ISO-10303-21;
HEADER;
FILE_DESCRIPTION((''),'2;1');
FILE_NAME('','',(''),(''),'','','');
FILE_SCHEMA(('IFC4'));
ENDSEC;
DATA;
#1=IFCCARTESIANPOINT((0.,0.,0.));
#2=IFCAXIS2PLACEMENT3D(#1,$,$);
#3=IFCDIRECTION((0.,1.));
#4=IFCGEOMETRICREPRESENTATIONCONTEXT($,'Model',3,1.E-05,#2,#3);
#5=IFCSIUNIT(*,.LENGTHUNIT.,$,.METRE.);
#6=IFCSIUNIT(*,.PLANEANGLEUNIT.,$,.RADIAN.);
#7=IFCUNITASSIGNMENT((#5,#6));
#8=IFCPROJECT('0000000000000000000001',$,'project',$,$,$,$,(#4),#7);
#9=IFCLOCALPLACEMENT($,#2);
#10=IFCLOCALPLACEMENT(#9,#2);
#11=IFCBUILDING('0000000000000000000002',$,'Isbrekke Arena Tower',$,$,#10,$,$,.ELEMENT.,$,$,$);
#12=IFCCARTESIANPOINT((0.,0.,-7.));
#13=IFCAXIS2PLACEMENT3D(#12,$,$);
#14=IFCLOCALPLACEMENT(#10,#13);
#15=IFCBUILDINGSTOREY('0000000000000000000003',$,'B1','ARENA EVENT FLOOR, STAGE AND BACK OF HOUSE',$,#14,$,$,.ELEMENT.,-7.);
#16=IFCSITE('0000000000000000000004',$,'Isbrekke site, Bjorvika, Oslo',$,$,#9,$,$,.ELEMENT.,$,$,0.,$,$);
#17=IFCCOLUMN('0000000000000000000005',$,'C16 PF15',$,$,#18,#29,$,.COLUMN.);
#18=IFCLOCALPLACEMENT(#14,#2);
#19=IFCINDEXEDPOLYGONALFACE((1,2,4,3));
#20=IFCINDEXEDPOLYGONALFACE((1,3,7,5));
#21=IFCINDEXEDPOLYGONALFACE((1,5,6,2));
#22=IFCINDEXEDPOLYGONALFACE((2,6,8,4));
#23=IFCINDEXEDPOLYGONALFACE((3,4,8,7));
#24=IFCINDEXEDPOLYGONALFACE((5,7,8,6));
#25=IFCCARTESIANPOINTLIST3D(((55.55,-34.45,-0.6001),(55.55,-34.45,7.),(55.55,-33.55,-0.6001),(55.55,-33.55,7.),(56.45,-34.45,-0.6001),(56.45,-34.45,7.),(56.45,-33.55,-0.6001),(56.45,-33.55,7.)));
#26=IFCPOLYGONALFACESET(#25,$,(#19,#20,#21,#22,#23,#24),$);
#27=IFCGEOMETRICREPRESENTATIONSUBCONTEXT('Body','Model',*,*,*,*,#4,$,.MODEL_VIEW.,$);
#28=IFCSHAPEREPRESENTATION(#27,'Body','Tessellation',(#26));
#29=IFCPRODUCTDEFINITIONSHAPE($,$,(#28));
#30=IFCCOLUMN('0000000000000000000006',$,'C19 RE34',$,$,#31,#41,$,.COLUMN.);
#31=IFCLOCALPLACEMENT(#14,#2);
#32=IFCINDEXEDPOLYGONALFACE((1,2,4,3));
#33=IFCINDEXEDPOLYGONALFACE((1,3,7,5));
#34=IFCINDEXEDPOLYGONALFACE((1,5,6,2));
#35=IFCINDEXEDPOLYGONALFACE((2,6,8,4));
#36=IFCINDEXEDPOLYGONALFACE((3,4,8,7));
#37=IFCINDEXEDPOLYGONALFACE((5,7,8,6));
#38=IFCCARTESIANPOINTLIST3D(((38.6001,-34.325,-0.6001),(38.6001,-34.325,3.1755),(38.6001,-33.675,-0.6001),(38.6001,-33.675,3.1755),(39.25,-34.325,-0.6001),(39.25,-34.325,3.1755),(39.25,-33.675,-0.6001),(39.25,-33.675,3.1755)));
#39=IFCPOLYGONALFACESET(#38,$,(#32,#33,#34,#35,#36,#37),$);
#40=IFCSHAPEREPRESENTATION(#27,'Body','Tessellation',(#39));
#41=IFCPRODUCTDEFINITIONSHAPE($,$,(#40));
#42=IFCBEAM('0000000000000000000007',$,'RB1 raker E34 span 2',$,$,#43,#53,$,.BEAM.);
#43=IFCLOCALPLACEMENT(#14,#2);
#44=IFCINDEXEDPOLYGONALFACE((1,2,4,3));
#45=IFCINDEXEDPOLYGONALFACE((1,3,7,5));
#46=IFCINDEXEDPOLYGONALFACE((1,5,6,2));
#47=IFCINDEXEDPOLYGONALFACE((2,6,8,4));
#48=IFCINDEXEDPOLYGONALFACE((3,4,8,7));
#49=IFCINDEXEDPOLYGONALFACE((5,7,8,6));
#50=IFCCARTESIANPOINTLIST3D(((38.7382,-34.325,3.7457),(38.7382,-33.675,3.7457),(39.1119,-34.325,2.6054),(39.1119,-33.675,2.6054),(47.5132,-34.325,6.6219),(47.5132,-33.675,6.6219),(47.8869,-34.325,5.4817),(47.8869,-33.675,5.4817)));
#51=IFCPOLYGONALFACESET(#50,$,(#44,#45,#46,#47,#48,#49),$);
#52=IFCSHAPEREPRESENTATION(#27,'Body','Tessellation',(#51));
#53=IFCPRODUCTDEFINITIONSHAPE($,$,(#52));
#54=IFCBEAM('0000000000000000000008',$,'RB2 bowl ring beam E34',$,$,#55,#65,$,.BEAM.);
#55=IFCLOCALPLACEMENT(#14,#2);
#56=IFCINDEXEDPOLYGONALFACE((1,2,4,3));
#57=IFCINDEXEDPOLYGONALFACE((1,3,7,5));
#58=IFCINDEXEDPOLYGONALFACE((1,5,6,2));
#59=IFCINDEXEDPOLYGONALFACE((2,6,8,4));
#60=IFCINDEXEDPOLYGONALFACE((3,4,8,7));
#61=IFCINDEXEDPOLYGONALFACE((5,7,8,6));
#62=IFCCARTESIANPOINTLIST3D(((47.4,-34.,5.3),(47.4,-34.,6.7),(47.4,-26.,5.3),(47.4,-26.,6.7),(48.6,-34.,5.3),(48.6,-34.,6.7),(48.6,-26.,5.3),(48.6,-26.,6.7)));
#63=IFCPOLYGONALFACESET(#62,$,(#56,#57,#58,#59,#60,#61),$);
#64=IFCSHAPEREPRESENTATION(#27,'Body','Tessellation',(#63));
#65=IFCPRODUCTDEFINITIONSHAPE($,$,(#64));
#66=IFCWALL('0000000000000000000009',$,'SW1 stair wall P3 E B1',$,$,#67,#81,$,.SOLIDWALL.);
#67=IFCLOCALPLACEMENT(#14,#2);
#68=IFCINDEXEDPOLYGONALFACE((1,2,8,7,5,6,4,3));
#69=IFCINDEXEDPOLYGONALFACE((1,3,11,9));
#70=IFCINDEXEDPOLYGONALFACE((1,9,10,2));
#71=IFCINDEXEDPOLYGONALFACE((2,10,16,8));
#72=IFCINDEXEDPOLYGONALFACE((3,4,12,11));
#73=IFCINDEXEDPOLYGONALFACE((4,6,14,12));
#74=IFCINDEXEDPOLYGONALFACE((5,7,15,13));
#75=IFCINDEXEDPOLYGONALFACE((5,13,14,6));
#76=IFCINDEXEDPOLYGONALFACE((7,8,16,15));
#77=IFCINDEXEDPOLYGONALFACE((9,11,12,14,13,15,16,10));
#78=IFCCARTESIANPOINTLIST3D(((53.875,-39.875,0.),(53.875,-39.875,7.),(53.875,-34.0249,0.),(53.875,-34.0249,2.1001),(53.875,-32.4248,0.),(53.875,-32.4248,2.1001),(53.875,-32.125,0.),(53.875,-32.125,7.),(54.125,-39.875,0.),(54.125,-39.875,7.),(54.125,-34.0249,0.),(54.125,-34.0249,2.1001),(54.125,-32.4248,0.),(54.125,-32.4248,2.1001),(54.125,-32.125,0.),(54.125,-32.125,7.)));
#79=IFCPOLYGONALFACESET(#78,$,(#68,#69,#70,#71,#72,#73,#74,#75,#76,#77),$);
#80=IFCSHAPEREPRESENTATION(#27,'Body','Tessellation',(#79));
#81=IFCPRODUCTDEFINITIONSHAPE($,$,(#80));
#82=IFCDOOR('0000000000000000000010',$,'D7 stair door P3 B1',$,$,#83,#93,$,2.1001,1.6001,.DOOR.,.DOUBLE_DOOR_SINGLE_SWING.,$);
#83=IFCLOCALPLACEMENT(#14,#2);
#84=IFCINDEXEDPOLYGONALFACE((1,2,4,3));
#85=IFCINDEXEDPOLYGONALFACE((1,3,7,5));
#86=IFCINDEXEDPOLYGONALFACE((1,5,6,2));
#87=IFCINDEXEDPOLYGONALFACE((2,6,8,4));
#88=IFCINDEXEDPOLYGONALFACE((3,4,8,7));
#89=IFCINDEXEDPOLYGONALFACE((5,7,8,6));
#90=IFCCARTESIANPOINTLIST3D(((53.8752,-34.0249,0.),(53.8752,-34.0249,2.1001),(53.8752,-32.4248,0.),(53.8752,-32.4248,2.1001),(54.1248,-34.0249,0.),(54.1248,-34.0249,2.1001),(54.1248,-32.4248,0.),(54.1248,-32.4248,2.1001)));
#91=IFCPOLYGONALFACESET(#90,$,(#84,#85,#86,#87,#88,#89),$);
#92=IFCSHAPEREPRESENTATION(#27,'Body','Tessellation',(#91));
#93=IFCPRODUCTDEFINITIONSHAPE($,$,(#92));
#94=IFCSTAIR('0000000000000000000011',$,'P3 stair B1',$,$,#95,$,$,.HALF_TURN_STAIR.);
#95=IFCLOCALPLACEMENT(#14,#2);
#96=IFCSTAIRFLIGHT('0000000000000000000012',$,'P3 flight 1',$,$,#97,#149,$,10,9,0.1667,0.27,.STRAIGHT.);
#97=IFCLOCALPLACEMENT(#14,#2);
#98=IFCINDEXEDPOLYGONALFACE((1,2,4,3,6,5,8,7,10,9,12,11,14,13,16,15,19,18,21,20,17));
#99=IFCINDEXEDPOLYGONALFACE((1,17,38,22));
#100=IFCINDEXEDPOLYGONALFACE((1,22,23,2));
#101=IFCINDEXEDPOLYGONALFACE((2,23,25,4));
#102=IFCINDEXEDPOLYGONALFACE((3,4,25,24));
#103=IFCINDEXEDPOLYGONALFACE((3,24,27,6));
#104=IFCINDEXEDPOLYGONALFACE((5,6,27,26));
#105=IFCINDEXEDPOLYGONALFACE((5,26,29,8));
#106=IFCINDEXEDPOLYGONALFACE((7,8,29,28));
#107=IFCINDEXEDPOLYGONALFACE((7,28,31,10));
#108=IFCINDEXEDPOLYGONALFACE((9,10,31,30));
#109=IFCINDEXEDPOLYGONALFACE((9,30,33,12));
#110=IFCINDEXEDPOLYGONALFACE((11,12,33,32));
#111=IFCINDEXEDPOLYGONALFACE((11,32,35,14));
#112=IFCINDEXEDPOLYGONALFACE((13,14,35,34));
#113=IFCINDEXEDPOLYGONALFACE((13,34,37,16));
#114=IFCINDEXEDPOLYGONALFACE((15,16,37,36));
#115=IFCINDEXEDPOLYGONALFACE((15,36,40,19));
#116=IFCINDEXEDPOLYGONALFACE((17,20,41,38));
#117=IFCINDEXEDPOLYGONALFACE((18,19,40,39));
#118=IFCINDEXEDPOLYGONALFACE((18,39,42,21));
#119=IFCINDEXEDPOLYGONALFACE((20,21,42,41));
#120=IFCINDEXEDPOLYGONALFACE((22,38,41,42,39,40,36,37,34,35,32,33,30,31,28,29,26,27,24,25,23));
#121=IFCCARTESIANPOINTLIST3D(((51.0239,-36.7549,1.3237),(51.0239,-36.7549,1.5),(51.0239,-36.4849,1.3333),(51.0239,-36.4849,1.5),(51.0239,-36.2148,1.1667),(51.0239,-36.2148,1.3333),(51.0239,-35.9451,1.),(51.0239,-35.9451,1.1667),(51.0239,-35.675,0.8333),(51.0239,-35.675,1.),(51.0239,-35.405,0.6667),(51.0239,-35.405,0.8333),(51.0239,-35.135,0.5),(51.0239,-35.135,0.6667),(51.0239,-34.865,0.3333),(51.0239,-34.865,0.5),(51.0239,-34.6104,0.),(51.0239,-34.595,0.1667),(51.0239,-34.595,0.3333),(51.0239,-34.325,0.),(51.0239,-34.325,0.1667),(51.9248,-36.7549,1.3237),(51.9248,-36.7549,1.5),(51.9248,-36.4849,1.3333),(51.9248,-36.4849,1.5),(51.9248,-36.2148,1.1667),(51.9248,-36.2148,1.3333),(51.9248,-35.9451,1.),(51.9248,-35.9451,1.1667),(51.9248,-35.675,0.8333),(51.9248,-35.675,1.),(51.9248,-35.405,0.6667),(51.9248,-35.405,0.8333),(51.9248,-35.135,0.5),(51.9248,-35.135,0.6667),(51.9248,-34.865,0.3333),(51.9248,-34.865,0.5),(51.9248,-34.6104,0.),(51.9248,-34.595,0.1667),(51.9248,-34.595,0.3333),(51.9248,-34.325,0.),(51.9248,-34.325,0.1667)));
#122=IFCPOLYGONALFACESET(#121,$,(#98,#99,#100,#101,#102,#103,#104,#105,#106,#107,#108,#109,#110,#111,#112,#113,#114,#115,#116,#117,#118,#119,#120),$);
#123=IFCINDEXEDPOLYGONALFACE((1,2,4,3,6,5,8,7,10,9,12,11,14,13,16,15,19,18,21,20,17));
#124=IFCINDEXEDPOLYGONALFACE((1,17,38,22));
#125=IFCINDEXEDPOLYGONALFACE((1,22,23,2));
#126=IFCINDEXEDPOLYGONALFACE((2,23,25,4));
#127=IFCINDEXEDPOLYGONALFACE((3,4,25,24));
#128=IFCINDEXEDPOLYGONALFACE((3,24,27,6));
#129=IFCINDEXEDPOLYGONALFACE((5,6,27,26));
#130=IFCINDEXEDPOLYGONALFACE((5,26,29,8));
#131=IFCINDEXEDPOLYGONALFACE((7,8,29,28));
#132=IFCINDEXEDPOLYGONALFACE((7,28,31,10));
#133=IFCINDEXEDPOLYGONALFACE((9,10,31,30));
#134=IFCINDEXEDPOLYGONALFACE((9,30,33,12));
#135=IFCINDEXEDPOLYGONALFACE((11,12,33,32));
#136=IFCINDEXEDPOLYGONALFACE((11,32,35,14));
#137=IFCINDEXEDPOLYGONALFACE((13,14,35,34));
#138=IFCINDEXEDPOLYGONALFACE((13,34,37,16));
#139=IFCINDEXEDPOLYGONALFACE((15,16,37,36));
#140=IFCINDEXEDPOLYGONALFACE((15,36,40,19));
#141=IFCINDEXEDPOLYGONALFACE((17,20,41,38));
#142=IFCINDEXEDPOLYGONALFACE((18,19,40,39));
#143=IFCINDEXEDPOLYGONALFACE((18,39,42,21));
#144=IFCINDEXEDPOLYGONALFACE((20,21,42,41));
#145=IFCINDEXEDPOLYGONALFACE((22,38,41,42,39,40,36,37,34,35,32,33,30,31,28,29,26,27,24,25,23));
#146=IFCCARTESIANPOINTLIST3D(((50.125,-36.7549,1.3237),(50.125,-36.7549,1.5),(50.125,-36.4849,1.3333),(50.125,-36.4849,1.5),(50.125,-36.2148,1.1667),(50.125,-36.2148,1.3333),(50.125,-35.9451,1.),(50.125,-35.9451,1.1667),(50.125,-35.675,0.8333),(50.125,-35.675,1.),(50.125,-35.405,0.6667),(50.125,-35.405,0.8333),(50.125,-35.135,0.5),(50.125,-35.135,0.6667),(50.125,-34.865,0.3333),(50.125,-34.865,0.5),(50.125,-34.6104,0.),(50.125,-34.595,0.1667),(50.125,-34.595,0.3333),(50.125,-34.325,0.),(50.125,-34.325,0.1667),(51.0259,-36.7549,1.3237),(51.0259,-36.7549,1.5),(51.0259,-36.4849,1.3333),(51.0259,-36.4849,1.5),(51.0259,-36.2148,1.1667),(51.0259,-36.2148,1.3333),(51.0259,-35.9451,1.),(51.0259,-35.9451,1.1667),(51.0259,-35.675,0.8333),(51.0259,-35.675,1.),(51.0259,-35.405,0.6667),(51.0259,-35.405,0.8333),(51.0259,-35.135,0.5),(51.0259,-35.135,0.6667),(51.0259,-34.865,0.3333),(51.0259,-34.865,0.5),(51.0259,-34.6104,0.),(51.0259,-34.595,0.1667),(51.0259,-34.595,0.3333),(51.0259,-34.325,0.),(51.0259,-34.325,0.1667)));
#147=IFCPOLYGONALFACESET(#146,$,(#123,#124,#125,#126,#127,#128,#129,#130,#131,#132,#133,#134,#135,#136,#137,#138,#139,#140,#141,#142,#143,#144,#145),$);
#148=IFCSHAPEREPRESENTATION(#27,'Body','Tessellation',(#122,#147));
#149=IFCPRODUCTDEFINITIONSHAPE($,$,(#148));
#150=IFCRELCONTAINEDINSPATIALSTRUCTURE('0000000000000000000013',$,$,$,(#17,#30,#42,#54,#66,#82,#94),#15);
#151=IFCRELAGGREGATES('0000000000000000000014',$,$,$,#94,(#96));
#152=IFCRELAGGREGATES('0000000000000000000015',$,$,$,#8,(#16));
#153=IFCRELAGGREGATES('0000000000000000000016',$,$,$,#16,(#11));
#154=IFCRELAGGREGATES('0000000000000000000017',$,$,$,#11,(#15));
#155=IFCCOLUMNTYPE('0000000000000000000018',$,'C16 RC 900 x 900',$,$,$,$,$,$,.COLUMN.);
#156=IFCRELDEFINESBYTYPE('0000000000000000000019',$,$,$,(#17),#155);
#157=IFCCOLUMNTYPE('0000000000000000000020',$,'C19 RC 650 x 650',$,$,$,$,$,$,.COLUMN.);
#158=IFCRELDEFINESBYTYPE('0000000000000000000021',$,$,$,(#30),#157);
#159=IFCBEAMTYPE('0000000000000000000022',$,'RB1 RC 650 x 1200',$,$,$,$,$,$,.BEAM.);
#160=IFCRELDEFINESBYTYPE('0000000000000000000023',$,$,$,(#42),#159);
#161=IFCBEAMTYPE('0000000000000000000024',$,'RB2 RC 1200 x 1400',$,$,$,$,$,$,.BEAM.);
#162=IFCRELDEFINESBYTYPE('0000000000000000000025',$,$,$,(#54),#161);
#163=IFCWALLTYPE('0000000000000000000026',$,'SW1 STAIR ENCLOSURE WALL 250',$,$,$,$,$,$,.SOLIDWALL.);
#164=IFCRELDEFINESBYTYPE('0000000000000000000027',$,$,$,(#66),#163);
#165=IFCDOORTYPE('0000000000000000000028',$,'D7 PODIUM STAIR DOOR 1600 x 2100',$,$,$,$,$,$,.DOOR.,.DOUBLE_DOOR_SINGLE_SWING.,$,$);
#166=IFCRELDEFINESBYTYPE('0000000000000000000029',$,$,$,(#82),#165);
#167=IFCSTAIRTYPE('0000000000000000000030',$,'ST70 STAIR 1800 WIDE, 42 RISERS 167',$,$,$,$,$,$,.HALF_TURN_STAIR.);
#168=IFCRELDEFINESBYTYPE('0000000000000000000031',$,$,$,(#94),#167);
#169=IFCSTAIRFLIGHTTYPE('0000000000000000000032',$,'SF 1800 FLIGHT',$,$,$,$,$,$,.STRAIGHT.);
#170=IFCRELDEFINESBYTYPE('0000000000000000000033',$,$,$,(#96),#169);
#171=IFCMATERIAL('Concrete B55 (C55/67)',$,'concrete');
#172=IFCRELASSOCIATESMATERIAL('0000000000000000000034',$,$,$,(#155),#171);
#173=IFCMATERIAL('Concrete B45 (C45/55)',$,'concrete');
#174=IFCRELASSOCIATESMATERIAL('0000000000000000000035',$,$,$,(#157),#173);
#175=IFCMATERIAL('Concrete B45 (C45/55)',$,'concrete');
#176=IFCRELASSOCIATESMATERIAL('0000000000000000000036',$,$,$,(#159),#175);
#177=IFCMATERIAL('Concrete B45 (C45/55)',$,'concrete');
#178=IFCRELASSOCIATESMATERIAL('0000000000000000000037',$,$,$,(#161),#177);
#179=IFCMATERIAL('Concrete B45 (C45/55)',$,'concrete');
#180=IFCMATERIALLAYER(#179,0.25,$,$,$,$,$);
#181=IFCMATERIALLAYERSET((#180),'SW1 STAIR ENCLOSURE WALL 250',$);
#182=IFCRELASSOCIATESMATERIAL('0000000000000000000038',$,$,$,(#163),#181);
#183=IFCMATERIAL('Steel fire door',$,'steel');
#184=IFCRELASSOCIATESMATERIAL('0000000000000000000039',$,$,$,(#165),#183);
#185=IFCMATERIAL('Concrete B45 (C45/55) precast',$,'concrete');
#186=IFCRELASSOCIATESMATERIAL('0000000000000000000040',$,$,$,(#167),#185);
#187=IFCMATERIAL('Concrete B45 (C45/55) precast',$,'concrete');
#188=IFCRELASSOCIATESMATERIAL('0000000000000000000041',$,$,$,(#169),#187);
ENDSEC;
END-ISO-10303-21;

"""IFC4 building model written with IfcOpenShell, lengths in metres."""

from ifc_helpers import new_model, si_unit, direction, frame, frame_2d, origin, origin_2d, place, context, subcontext, project, spatial, polyline, rectangle, outline, extrude, material, layer, layer_set, material_profile, profile_set, type_object, element, fill, aggregate, save


model = new_model("IFC4")

# Units and contexts
model_context = context("Model", 3, precision=1e-05, world=origin(), true_north=direction((0.0, 1.0)))
body_context = subcontext(model_context, "Body", "Model", "MODEL_VIEW")
ifc_project = project(units=[si_unit("LENGTHUNIT", "METRE"), si_unit("PLANEANGLEUNIT", "RADIAN")], contexts=[model_context])

# Site, building, storey
site_placement = place(None, origin())
site = spatial("IfcSite", under=ifc_project, at=site_placement, Name="Isbrekke site, Bjorvika, Oslo", CompositionType="ELEMENT", RefElevation=0.0)
building_placement = place(site_placement, origin())
building = spatial("IfcBuilding", under=site, at=building_placement, Name="Isbrekke Arena Tower", CompositionType="ELEMENT")
storey_placement = place(building_placement, frame((0.0, 0.0, -7.0)))
storey = spatial("IfcBuildingStorey", under=building, at=storey_placement, Name="B1", Description="ARENA EVENT FLOOR, STAGE AND BACK OF HOUSE", CompositionType="ELEMENT", Elevation=-7.0)

# Columns
ifc_material_1 = material(Name="Concrete B55 (C55/67)", Category="concrete")
ifc_material_profile_1 = material_profile(ifc_material_1, rectangle(XDim=0.8999, YDim=0.8999, at=origin_2d()), Name="RC 900x900")
ifc_profile_set_1 = profile_set([ifc_material_profile_1], Name="Concrete B55 (C55/67)")
column_type_1 = type_object("IfcColumnType", Name="C16 RC 900 x 900", PredefinedType="COLUMN", material=ifc_profile_set_1)
column_1_placement = place(storey_placement, frame((56.0, -34.0, -0.6001), z_axis=(0.0, 0.0, 1.0), x_axis=(1.0, 0.0, 0.0)))
element("IfcColumn", 1, at=column_1_placement, inside=storey, type_object=column_type_1, Name="C16 PF15", PredefinedType="COLUMN", context=body_context, shape_type="SweptSolid", body=[
    extrude(rectangle(XDim=0.8999, YDim=0.8999, at=origin_2d()), origin(), (0.0, 0.0, 1.0), 7.6001),
])
ifc_material_2 = material(Name="Concrete B45 (C45/55)", Category="concrete")
ifc_material_profile_2 = material_profile(ifc_material_2, rectangle(XDim=0.6499, YDim=0.6499, at=origin_2d()), Name="RC 650x650")
ifc_profile_set_2 = profile_set([ifc_material_profile_2], Name="Concrete B45 (C45/55)")
column_type_2 = type_object("IfcColumnType", Name="C19 RC 650 x 650", PredefinedType="COLUMN", material=ifc_profile_set_2)
column_2_placement = place(storey_placement, frame((38.925, -34.0, -0.6001), z_axis=(0.0, 0.0, 1.0), x_axis=(1.0, 0.0, 0.0)))
element("IfcColumn", 2, at=column_2_placement, inside=storey, type_object=column_type_2, Name="C19 RE34", PredefinedType="COLUMN", context=body_context, shape_type="SweptSolid", body=[
    extrude(rectangle(XDim=0.6499, YDim=0.6499, at=origin_2d()), origin(), (0.0, 0.0, 1.0), 3.7756),
])

# Beams
ifc_material_3 = material(Name="Concrete B45 (C45/55)", Category="concrete")
ifc_material_profile_3 = material_profile(ifc_material_3, rectangle(XDim=0.6499, YDim=1.2, at=origin_2d()), Name="RC 650x1200")
ifc_profile_set_3 = profile_set([ifc_material_profile_3], Name="Concrete B45 (C45/55)")
beam_type_1 = type_object("IfcBeamType", Name="RB1 RC 650 x 1200", PredefinedType="BEAM", material=ifc_profile_set_3)
beam_1_placement = place(storey_placement, frame((38.925, -34.0, 3.1755), z_axis=(0.950255, 0.0, 0.311473), x_axis=(0.0, 1.0, 0.0)))
element("IfcBeam", 3, at=beam_1_placement, inside=storey, type_object=beam_type_1, Name="RB1 raker E34 span 2", PredefinedType="BEAM", context=body_context, shape_type="SweptSolid", body=[
    extrude(rectangle(XDim=0.6499, YDim=1.2, at=origin_2d()), origin(), (0.0, 0.0, 1.0), 9.2344),
])
ifc_material_4 = material(Name="Concrete B45 (C45/55)", Category="concrete")
ifc_material_profile_4 = material_profile(ifc_material_4, rectangle(XDim=1.2, YDim=1.3999, at=origin_2d()), Name="RC 1200x1400")
ifc_profile_set_4 = profile_set([ifc_material_profile_4], Name="Concrete B45 (C45/55)")
beam_type_2 = type_object("IfcBeamType", Name="RB2 RC 1200 x 1400", PredefinedType="BEAM", material=ifc_profile_set_4)
beam_2_placement = place(storey_placement, frame((48.0, -34.0, 6.0), z_axis=(0.0, 1.0, 0.0), x_axis=(-1.0, 0.0, 0.0)))
element("IfcBeam", 4, at=beam_2_placement, inside=storey, type_object=beam_type_2, Name="RB2 bowl ring beam E34", PredefinedType="BEAM", context=body_context, shape_type="SweptSolid", body=[
    extrude(rectangle(XDim=1.2, YDim=1.3999, at=origin_2d()), origin(), (0.0, 0.0, 1.0), 8.0),
])

# Wall, opening, door
ifc_material_5 = material(Name="Concrete B45 (C45/55)", Category="concrete")
ifc_layer = layer(ifc_material_5, 0.25)
ifc_layer_set = layer_set([ifc_layer], Name="SW1 STAIR ENCLOSURE WALL 250")
wall_type = type_object("IfcWallType", Name="SW1 STAIR ENCLOSURE WALL 250", PredefinedType="SOLIDWALL", material=ifc_layer_set)
wall_placement = place(storey_placement, frame((54.0, -39.875, 0.0), z_axis=(0.0, 0.0, 1.0), x_axis=(0.0, 1.0, 0.0)))
wall = element("IfcWall", 5, at=wall_placement, inside=storey, type_object=wall_type, Name="SW1 stair wall P3 E B1", PredefinedType="SOLIDWALL", context=body_context, shape_type="SweptSolid", body=[
    extrude(rectangle(XDim=7.75, YDim=0.25, at=frame_2d((3.875, 0.0))), origin(), (0.0, 0.0, 1.0), 7.0),
])
opening_placement = place(wall_placement, frame((5.8501, 0.0, 0.0)))
opening = element("IfcOpeningElement", 6, at=opening_placement, cuts=wall, PredefinedType="OPENING", context=body_context, shape_type="SweptSolid", body=[
    extrude(rectangle(XDim=1.6001, YDim=2.1001, at=frame_2d((0.8, 1.05))), frame((0.0, 0.1399, 0.0), z_axis=(0.0, -1.0, 0.0), x_axis=(1.0, 0.0, 0.0)), (0.0, 0.0, 1.0), 0.2798),
])
ifc_material_6 = material(Name="Steel fire door", Category="steel")
door_type = type_object("IfcDoorType", Name="D7 PODIUM STAIR DOOR 1600 x 2100", OperationType="DOUBLE_DOOR_SINGLE_SWING", PredefinedType="DOOR", material=ifc_material_6)
door_placement = place(opening_placement, origin())
door = element("IfcDoor", 7, at=door_placement, inside=storey, type_object=door_type, Name="D7 stair door P3 B1", OperationType="DOUBLE_DOOR_SINGLE_SWING", OverallHeight=2.1001, OverallWidth=1.6001, PredefinedType="DOOR", context=body_context, shape_type="SweptSolid", body=[
    extrude(rectangle(XDim=1.6001, YDim=2.1001, at=frame_2d((0.8, 1.05))), frame((0.0, 0.1248, 0.0), z_axis=(0.0, -1.0, 0.0), x_axis=(1.0, 0.0, 0.0)), (0.0, 0.0, 1.0), 0.2495),
])
fill(opening, door)

# Stair, stair flight
ifc_material_7 = material(Name="Concrete B45 (C45/55) precast", Category="concrete")
stair_type = type_object("IfcStairType", Name="ST70 STAIR 1800 WIDE, 42 RISERS 167", PredefinedType="HALF_TURN_STAIR", material=ifc_material_7)
stair_placement = place(storey_placement, origin())
stair = element("IfcStair", 8, at=stair_placement, inside=storey, type_object=stair_type, Name="P3 stair B1", PredefinedType="HALF_TURN_STAIR")
ifc_material_8 = material(Name="Concrete B45 (C45/55) precast", Category="concrete")
stair_flight_type = type_object("IfcStairFlightType", Name="SF 1800 FLIGHT", PredefinedType="STRAIGHT", material=ifc_material_8)
stair_flight_1_placement = place(storey_placement, frame((51.0249, -34.325, 0.0), z_axis=(0.0, 0.0, 1.0), x_axis=(0.0, -1.0, 0.0)))
stair_flight_1 = element("IfcStairFlight", 9, at=stair_flight_1_placement, type_object=stair_flight_type, Name="P3 flight 1", NumberOfRisers=10, NumberOfTreads=9, PredefinedType="STRAIGHT", RiserHeight=0.1667, TreadLength=0.27, context=body_context, shape_type="SweptSolid", body=[
    extrude(outline(polyline([(0.0, 0.0), (0.0, 0.1667), (0.27, 0.1667), (0.27, 0.3333), (0.54, 0.3333), (0.54, 0.5), (0.8101, 0.5), (0.8101, 0.6667), (1.0801, 0.6667), (1.0801, 0.8333), (1.3501, 0.8333), (1.3501, 1.0), (1.6201, 1.0), (1.6201, 1.1667), (1.8899, 1.1667), (1.8899, 1.3333), (2.1599, 1.3333), (2.1599, 1.5), (2.4299, 1.5), (2.4299, 1.6667), (2.4299, 1.3237), (0.2854, 0.0), (0.0, 0.0)])), frame((0.0, 0.8999, 0.0), z_axis=(0.0, -1.0, 0.0), x_axis=(1.0, 0.0, 0.0)), (0.0, 0.0, 1.0), 0.9009),
    extrude(outline(polyline([(0.0, 0.0), (0.0, 0.1667), (0.27, 0.1667), (0.27, 0.3333), (0.54, 0.3333), (0.54, 0.5), (0.8101, 0.5), (0.8101, 0.6667), (1.0801, 0.6667), (1.0801, 0.8333), (1.3501, 0.8333), (1.3501, 1.0), (1.6201, 1.0), (1.6201, 1.1667), (1.8899, 1.1667), (1.8899, 1.3333), (2.1599, 1.3333), (2.1599, 1.5), (2.4299, 1.5), (2.4299, 1.6667), (2.4299, 1.3237), (0.2854, 0.0), (0.0, 0.0)])), frame((0.0, 0.001, 0.0), z_axis=(0.0, -1.0, 0.0), x_axis=(1.0, 0.0, 0.0)), (0.0, 0.0, 1.0), 0.9009),
])
aggregate(stair, [stair_flight_1])

save(model, "model.ifc")
